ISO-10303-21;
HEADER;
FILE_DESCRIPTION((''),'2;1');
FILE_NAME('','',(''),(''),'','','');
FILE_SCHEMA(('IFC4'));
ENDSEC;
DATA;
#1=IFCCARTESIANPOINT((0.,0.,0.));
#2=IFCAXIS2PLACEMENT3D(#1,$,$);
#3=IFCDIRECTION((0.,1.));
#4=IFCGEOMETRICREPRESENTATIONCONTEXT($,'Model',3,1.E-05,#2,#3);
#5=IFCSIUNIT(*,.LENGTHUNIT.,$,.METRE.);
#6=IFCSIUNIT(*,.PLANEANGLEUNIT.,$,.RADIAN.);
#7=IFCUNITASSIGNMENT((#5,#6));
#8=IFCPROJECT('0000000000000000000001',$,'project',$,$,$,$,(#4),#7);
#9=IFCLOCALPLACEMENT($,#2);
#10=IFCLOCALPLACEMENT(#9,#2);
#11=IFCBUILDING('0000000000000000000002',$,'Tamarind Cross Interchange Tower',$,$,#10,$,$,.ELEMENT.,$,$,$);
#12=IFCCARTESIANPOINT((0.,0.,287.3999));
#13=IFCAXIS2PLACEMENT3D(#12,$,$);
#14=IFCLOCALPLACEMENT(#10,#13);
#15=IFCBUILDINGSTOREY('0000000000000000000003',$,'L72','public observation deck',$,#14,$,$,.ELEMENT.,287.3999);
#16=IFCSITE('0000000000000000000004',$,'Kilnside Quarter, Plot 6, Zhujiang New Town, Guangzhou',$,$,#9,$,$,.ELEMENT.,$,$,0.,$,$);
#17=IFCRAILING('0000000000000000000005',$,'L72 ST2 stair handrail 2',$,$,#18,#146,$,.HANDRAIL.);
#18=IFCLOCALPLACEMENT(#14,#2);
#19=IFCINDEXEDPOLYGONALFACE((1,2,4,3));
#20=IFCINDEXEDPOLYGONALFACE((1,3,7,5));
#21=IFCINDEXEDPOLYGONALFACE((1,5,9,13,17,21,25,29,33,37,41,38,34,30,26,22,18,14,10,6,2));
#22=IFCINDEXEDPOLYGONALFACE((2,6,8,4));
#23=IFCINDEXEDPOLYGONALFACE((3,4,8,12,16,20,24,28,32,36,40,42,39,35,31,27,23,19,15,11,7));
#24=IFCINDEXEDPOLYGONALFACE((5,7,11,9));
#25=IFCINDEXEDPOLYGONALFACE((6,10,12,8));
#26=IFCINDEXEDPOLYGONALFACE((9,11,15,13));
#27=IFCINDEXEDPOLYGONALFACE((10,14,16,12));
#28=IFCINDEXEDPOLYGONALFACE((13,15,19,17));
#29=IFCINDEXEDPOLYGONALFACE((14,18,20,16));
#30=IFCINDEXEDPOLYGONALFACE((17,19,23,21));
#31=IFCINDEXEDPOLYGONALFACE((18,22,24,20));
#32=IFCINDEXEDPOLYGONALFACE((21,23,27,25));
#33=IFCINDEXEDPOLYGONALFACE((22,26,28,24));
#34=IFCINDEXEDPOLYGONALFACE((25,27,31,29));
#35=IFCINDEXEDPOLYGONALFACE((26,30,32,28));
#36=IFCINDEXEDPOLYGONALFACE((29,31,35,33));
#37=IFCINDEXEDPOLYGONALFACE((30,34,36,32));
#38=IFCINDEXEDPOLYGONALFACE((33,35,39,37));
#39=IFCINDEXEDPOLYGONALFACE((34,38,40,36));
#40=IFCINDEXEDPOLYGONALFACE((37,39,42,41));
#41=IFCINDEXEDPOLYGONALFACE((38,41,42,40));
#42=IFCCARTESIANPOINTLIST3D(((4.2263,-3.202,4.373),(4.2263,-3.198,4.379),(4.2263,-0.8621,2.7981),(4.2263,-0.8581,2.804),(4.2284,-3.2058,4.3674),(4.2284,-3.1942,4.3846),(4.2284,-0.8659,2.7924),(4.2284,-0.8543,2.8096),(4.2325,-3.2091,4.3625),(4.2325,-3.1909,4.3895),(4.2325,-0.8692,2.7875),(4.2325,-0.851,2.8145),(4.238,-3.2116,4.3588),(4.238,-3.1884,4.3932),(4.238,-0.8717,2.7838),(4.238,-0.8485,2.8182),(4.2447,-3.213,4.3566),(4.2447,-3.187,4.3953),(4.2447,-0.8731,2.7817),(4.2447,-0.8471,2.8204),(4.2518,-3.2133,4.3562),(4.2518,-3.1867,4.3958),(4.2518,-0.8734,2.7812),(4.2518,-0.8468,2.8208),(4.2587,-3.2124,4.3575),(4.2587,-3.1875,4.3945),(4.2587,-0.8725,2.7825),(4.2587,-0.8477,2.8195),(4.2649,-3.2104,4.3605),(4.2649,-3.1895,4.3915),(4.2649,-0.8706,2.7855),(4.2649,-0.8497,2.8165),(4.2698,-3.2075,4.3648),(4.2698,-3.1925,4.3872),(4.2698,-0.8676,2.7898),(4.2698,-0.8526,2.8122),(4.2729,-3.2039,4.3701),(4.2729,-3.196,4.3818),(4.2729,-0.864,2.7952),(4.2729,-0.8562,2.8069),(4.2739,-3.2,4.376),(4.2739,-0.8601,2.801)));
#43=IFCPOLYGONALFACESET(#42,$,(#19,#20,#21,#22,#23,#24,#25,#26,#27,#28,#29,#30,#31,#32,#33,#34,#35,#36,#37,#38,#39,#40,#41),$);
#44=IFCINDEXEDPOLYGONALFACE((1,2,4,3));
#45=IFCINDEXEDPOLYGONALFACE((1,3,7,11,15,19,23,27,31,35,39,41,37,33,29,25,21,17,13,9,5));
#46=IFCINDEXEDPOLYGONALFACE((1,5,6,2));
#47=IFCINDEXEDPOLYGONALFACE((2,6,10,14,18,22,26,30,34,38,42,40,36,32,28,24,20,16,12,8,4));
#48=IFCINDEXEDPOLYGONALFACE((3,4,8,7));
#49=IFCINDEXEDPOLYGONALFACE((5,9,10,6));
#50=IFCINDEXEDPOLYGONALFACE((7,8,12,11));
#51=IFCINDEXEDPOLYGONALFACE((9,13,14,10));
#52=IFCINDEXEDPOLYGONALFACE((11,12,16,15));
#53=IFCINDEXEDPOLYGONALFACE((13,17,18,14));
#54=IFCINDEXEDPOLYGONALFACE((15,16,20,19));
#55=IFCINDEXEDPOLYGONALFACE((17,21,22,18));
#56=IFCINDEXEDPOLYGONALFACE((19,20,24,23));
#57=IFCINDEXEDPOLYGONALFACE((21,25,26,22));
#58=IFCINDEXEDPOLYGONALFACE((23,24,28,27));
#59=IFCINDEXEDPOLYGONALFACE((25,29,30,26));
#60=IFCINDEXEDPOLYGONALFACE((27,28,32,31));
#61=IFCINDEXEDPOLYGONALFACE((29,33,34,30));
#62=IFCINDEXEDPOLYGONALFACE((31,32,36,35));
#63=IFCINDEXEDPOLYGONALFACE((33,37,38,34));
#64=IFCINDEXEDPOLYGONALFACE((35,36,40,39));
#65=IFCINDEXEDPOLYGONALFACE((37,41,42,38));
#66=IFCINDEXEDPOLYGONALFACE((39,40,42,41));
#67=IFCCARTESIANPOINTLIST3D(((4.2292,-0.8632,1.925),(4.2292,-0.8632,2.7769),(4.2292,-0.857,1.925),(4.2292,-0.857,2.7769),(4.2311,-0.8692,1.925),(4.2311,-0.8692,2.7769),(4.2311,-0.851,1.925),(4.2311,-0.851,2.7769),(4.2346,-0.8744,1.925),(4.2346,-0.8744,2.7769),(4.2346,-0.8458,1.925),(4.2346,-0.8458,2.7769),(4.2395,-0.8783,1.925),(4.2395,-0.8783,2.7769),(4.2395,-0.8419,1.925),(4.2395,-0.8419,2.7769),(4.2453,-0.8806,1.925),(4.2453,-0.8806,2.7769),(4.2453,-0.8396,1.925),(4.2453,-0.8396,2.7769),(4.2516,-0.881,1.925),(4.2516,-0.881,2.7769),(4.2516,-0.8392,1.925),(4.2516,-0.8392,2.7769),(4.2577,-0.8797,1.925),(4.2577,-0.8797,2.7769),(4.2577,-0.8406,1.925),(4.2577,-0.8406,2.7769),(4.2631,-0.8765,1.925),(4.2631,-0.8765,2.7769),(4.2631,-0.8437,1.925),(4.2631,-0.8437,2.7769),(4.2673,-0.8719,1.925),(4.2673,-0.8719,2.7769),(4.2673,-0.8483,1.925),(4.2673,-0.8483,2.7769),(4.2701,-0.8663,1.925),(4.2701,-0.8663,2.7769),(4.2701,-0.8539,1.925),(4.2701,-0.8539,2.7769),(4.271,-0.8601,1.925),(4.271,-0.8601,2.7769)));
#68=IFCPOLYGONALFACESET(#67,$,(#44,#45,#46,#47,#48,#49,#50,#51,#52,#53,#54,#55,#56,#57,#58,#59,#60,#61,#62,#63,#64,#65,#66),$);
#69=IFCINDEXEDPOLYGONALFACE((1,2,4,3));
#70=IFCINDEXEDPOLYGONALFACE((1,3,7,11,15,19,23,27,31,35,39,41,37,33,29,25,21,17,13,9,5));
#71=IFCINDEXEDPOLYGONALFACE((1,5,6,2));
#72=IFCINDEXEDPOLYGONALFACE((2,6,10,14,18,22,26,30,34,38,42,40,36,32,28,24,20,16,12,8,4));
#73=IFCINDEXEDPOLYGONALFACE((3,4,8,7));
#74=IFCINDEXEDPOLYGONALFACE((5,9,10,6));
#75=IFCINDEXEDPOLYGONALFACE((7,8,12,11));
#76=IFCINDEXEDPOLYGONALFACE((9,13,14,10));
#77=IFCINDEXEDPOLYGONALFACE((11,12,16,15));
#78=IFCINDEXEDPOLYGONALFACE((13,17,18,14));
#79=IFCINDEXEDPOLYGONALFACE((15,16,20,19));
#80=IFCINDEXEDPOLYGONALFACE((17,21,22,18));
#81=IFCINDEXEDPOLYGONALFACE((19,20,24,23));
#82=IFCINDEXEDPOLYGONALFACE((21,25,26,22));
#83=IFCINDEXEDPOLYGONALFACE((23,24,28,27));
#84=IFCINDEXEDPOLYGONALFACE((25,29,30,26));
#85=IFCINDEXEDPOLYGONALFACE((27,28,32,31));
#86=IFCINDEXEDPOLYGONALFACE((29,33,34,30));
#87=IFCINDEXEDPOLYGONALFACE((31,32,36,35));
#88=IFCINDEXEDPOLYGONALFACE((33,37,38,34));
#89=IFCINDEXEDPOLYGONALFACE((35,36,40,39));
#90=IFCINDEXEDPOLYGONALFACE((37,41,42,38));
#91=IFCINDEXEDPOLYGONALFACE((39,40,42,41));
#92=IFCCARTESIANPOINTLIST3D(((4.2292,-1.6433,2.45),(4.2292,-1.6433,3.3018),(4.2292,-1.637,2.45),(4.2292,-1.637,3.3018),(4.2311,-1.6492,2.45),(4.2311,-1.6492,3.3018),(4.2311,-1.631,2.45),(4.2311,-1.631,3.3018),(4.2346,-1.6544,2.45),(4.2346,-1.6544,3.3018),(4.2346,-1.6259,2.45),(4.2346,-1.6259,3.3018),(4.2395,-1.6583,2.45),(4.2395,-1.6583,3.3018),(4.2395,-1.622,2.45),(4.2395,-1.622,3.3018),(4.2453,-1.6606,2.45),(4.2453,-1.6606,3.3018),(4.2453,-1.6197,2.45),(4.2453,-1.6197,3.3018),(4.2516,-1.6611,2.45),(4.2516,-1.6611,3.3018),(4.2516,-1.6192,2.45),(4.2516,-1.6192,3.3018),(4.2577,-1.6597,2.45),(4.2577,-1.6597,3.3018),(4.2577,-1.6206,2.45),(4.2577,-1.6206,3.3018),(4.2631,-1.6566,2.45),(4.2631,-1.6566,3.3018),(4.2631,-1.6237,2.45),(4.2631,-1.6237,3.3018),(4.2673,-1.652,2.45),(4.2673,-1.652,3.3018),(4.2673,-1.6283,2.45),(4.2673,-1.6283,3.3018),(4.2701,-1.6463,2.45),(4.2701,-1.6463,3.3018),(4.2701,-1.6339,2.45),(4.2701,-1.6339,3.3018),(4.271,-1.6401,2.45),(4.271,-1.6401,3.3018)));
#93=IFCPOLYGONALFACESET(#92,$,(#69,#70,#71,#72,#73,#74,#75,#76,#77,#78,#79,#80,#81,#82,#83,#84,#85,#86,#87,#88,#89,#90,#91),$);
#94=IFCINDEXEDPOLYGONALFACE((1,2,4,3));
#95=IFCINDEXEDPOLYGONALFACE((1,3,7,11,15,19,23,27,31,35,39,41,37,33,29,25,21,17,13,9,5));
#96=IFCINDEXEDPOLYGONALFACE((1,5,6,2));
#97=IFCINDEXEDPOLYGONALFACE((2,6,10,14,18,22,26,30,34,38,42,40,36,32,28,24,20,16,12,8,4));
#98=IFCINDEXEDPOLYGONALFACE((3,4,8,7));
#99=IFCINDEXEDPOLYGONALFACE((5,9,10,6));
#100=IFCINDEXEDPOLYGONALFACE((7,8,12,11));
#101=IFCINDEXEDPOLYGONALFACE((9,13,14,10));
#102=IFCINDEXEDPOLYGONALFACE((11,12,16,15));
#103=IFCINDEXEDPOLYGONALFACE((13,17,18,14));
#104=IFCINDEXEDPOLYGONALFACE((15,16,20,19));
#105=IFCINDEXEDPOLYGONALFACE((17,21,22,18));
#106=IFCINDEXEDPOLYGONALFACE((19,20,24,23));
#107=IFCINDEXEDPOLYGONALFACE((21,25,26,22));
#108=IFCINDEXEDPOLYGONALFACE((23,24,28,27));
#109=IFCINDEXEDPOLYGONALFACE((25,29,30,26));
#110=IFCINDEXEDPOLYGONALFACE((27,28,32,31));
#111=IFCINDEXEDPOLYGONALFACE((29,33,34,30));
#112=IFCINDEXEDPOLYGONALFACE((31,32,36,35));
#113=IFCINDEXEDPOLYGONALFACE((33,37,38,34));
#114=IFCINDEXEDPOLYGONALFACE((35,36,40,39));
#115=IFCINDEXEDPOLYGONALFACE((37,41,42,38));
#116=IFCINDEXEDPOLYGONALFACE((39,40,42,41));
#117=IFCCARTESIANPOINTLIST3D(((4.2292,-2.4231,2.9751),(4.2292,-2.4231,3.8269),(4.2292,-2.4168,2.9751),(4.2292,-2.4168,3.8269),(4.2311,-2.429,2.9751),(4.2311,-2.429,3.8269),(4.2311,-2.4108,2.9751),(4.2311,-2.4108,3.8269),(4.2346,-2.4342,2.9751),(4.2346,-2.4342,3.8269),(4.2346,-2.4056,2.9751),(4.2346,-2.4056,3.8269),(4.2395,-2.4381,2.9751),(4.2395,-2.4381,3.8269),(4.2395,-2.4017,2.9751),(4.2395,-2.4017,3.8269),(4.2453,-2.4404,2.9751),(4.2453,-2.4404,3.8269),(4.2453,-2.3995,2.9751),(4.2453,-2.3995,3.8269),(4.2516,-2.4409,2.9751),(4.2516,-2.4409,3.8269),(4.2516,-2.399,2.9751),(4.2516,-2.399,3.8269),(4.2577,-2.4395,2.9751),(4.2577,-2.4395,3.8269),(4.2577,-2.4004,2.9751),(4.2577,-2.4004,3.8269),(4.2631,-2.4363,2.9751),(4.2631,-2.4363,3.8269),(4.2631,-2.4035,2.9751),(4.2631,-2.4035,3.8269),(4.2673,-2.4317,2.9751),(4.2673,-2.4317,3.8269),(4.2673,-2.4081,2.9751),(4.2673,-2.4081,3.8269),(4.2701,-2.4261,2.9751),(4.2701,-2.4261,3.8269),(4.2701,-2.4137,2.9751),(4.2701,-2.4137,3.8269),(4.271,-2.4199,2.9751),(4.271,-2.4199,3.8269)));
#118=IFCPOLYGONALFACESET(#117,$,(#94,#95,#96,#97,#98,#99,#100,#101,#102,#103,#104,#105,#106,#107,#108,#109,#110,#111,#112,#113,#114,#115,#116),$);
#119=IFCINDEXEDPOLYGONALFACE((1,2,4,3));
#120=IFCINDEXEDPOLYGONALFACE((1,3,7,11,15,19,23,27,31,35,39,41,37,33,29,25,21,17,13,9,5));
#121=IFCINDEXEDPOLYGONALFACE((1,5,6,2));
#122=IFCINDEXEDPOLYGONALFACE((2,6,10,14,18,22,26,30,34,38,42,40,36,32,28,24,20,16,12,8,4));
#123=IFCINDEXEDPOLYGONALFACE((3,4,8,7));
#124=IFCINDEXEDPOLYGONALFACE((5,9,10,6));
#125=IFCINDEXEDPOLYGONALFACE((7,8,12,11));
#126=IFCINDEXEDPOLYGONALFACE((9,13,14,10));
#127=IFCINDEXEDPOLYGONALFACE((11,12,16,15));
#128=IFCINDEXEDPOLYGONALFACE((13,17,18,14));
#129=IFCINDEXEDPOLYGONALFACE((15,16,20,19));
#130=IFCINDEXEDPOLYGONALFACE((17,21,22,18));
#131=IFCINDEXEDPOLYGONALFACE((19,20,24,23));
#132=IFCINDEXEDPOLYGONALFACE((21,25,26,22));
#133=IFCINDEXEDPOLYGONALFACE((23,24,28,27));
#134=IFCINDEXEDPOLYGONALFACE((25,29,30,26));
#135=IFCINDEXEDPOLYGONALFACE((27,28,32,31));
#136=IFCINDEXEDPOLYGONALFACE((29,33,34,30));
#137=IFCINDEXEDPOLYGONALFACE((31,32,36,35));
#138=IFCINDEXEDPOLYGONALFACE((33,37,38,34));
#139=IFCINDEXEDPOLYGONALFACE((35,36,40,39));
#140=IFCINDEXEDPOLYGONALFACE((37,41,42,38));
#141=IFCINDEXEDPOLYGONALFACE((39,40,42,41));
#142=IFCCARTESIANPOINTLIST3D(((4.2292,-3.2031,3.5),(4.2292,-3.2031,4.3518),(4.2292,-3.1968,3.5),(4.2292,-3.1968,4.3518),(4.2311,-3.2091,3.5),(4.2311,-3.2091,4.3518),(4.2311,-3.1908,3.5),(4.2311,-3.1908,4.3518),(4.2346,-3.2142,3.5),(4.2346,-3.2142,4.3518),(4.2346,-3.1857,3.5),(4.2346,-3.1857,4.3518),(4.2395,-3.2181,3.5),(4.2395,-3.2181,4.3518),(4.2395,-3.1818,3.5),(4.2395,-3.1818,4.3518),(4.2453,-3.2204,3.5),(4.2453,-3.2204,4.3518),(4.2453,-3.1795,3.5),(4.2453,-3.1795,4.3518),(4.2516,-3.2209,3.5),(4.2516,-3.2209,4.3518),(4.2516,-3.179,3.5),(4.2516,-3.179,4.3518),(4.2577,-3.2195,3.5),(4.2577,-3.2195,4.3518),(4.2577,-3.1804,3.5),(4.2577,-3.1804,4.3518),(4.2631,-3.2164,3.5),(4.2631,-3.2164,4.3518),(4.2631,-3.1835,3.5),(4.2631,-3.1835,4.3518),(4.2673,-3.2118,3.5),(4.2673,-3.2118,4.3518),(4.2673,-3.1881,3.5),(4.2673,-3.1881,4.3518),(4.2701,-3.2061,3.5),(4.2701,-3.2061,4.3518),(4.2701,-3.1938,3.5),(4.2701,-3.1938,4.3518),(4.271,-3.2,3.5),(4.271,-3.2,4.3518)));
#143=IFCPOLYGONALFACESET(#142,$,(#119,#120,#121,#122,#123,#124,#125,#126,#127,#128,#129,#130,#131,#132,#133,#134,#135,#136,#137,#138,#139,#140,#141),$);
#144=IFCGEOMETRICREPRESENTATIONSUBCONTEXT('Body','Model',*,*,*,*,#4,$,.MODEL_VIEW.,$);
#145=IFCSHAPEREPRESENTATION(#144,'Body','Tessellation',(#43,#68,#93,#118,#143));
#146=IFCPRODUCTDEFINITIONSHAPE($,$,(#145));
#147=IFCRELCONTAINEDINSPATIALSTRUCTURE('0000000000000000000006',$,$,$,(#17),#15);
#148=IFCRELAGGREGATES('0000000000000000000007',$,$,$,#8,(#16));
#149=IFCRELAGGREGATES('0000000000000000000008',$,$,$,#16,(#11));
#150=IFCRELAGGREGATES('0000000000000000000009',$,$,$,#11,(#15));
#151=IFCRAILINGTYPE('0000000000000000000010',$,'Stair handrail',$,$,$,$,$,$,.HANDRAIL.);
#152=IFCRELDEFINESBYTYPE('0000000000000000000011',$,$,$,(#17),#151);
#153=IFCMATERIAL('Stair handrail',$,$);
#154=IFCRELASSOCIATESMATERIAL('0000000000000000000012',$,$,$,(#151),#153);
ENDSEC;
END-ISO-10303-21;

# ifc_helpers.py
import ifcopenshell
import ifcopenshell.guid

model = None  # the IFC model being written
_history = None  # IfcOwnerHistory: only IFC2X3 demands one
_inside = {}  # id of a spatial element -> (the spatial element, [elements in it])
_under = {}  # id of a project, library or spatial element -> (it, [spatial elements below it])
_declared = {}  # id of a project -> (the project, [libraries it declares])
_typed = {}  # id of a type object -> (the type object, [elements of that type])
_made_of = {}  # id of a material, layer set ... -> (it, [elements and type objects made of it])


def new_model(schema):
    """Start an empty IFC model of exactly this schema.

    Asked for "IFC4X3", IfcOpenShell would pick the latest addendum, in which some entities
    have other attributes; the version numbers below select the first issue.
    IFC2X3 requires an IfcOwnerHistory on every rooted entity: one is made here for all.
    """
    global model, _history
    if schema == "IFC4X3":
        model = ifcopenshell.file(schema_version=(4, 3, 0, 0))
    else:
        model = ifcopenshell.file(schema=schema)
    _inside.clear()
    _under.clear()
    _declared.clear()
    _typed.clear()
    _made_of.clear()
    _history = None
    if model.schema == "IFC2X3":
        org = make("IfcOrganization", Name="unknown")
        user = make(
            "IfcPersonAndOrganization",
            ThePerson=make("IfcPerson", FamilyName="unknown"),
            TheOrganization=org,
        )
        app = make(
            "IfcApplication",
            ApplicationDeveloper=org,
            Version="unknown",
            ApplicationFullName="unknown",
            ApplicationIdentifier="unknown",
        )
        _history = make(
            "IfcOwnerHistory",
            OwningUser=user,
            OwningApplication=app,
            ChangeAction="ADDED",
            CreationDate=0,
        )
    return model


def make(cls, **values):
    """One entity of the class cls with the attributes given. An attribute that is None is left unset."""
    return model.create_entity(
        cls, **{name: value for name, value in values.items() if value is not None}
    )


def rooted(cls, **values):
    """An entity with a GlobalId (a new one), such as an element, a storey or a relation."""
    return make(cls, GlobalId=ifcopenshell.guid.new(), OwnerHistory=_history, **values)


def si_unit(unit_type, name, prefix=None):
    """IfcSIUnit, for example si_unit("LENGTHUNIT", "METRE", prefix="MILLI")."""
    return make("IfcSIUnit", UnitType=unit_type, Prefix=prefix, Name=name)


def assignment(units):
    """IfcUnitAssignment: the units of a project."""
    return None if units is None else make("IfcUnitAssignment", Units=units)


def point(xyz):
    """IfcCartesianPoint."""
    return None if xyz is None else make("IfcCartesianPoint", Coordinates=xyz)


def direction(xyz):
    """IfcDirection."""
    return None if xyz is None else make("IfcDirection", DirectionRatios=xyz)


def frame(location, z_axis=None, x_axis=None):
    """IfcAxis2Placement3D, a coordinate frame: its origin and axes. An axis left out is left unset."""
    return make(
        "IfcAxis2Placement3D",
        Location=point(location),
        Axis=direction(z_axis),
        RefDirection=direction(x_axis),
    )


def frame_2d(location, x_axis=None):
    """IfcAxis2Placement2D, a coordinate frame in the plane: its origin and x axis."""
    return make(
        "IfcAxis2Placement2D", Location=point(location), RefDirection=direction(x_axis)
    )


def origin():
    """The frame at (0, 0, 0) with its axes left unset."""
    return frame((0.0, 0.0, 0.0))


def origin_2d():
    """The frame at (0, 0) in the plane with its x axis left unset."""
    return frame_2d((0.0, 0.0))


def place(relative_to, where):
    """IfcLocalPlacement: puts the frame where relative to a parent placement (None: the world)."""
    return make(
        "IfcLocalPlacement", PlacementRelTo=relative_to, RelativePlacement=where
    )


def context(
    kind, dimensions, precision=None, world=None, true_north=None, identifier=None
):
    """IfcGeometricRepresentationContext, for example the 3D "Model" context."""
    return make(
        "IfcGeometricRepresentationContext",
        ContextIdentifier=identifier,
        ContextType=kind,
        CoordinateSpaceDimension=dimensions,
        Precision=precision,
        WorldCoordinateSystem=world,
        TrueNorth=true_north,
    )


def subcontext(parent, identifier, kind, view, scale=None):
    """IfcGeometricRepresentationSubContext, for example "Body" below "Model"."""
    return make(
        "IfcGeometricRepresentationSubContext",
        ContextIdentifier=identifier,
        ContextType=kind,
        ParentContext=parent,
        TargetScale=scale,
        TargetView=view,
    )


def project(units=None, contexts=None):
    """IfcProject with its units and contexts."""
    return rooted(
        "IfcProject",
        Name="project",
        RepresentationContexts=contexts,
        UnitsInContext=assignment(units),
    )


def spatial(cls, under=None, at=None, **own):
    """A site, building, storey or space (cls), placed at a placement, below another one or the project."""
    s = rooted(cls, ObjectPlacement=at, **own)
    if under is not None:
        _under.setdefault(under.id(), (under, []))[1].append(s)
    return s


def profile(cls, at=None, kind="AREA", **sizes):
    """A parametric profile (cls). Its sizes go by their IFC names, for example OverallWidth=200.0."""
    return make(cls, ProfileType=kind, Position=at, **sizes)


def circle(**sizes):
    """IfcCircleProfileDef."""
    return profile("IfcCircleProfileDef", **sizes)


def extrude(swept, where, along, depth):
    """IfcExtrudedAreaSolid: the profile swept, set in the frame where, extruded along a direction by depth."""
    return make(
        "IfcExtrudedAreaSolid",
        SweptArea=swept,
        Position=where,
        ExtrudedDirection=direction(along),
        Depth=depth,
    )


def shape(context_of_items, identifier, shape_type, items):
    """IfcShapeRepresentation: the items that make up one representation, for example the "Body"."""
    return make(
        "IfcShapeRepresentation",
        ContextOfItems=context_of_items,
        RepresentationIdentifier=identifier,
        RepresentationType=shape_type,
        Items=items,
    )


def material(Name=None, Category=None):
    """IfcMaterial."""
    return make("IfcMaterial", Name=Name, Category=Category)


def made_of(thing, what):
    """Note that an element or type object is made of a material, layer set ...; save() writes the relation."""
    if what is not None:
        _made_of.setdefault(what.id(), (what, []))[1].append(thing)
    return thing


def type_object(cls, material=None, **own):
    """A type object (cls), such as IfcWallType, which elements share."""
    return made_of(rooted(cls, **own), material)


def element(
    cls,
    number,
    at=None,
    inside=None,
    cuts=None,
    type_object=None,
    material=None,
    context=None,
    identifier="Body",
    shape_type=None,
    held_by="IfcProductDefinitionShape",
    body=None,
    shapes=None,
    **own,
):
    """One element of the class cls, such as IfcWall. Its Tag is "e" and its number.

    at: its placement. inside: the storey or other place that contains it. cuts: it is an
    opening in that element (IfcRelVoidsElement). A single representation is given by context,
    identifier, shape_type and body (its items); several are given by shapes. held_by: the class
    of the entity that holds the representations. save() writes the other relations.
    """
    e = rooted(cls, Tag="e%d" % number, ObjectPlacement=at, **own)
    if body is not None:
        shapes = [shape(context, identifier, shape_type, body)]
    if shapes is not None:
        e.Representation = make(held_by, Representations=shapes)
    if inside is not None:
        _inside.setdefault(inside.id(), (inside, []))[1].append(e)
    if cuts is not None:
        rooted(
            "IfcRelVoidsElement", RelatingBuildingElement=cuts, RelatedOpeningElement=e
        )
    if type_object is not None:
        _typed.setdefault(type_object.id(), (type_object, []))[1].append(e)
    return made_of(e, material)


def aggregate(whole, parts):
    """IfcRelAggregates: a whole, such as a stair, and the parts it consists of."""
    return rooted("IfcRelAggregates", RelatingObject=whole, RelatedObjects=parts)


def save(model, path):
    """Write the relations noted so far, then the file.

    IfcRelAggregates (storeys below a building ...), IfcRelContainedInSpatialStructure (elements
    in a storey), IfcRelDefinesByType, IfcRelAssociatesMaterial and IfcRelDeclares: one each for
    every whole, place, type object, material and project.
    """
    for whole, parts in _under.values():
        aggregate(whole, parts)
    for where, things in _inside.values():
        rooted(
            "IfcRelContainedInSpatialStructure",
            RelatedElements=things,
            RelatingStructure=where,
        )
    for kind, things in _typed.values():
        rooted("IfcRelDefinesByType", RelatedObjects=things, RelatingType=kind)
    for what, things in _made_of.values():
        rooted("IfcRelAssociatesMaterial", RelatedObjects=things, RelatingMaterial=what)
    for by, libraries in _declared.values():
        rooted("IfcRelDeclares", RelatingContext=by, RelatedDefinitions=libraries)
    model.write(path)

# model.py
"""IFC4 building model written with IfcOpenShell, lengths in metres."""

from ifc_helpers import new_model, si_unit, direction, frame, origin, origin_2d, place, context, subcontext, project, spatial, circle, extrude, material, type_object, element, save


model = new_model("IFC4")

# Units and contexts
model_context = context("Model", 3, precision=1e-05, world=origin(), true_north=direction((0.0, 1.0)))
body_context = subcontext(model_context, "Body", "Model", "MODEL_VIEW")
ifc_project = project(units=[si_unit("LENGTHUNIT", "METRE"), si_unit("PLANEANGLEUNIT", "RADIAN")], contexts=[model_context])

# Site, building, storey
site_placement = place(None, origin())
site = spatial("IfcSite", under=ifc_project, at=site_placement, Name="Kilnside Quarter, Plot 6, Zhujiang New Town, Guangzhou", CompositionType="ELEMENT", RefElevation=0.0)
building_placement = place(site_placement, origin())
building = spatial("IfcBuilding", under=site, at=building_placement, Name="Tamarind Cross Interchange Tower", CompositionType="ELEMENT")
storey_placement = place(building_placement, frame((0.0, 0.0, 287.3999)))
storey = spatial("IfcBuildingStorey", under=building, at=storey_placement, Name="L72", Description="public observation deck", CompositionType="ELEMENT", Elevation=287.3999)

# Railing
ifc_material_1 = material(Name="Stair handrail")
railing_type_1 = type_object("IfcRailingType", Name="Stair handrail", PredefinedType="HANDRAIL", material=ifc_material_1)
railing_1_placement = place(storey_placement, frame((4.25, -0.8601, 1.925)))
element("IfcRailing", 1, at=railing_1_placement, inside=storey, type_object=railing_type_1, Name="L72 ST2 stair handrail 2", PredefinedType="HANDRAIL", context=body_context, shape_type="SweptSolid", body=[
    extrude(circle(Radius=0.0239, at=origin_2d()), frame((0.0, 0.0, 0.876), z_axis=(0.0, -0.829578, 0.55839), x_axis=(1.0, 0.0, 0.0)), (0.0, 0.0, 1.0), 2.8206),
    extrude(circle(Radius=0.021, at=origin_2d()), origin(), (0.0, 0.0, 1.0), 0.8518),
    extrude(circle(Radius=0.021, at=origin_2d()), frame((0.0, -0.78, 0.5249)), (0.0, 0.0, 1.0), 0.8518),
    extrude(circle(Radius=0.021, at=origin_2d()), frame((0.0, -1.5598, 1.05)), (0.0, 0.0, 1.0), 0.8518),
    extrude(circle(Radius=0.021, at=origin_2d()), frame((0.0, -2.3398, 1.575)), (0.0, 0.0, 1.0), 0.8518),
])

save(model, "model.ifc")
